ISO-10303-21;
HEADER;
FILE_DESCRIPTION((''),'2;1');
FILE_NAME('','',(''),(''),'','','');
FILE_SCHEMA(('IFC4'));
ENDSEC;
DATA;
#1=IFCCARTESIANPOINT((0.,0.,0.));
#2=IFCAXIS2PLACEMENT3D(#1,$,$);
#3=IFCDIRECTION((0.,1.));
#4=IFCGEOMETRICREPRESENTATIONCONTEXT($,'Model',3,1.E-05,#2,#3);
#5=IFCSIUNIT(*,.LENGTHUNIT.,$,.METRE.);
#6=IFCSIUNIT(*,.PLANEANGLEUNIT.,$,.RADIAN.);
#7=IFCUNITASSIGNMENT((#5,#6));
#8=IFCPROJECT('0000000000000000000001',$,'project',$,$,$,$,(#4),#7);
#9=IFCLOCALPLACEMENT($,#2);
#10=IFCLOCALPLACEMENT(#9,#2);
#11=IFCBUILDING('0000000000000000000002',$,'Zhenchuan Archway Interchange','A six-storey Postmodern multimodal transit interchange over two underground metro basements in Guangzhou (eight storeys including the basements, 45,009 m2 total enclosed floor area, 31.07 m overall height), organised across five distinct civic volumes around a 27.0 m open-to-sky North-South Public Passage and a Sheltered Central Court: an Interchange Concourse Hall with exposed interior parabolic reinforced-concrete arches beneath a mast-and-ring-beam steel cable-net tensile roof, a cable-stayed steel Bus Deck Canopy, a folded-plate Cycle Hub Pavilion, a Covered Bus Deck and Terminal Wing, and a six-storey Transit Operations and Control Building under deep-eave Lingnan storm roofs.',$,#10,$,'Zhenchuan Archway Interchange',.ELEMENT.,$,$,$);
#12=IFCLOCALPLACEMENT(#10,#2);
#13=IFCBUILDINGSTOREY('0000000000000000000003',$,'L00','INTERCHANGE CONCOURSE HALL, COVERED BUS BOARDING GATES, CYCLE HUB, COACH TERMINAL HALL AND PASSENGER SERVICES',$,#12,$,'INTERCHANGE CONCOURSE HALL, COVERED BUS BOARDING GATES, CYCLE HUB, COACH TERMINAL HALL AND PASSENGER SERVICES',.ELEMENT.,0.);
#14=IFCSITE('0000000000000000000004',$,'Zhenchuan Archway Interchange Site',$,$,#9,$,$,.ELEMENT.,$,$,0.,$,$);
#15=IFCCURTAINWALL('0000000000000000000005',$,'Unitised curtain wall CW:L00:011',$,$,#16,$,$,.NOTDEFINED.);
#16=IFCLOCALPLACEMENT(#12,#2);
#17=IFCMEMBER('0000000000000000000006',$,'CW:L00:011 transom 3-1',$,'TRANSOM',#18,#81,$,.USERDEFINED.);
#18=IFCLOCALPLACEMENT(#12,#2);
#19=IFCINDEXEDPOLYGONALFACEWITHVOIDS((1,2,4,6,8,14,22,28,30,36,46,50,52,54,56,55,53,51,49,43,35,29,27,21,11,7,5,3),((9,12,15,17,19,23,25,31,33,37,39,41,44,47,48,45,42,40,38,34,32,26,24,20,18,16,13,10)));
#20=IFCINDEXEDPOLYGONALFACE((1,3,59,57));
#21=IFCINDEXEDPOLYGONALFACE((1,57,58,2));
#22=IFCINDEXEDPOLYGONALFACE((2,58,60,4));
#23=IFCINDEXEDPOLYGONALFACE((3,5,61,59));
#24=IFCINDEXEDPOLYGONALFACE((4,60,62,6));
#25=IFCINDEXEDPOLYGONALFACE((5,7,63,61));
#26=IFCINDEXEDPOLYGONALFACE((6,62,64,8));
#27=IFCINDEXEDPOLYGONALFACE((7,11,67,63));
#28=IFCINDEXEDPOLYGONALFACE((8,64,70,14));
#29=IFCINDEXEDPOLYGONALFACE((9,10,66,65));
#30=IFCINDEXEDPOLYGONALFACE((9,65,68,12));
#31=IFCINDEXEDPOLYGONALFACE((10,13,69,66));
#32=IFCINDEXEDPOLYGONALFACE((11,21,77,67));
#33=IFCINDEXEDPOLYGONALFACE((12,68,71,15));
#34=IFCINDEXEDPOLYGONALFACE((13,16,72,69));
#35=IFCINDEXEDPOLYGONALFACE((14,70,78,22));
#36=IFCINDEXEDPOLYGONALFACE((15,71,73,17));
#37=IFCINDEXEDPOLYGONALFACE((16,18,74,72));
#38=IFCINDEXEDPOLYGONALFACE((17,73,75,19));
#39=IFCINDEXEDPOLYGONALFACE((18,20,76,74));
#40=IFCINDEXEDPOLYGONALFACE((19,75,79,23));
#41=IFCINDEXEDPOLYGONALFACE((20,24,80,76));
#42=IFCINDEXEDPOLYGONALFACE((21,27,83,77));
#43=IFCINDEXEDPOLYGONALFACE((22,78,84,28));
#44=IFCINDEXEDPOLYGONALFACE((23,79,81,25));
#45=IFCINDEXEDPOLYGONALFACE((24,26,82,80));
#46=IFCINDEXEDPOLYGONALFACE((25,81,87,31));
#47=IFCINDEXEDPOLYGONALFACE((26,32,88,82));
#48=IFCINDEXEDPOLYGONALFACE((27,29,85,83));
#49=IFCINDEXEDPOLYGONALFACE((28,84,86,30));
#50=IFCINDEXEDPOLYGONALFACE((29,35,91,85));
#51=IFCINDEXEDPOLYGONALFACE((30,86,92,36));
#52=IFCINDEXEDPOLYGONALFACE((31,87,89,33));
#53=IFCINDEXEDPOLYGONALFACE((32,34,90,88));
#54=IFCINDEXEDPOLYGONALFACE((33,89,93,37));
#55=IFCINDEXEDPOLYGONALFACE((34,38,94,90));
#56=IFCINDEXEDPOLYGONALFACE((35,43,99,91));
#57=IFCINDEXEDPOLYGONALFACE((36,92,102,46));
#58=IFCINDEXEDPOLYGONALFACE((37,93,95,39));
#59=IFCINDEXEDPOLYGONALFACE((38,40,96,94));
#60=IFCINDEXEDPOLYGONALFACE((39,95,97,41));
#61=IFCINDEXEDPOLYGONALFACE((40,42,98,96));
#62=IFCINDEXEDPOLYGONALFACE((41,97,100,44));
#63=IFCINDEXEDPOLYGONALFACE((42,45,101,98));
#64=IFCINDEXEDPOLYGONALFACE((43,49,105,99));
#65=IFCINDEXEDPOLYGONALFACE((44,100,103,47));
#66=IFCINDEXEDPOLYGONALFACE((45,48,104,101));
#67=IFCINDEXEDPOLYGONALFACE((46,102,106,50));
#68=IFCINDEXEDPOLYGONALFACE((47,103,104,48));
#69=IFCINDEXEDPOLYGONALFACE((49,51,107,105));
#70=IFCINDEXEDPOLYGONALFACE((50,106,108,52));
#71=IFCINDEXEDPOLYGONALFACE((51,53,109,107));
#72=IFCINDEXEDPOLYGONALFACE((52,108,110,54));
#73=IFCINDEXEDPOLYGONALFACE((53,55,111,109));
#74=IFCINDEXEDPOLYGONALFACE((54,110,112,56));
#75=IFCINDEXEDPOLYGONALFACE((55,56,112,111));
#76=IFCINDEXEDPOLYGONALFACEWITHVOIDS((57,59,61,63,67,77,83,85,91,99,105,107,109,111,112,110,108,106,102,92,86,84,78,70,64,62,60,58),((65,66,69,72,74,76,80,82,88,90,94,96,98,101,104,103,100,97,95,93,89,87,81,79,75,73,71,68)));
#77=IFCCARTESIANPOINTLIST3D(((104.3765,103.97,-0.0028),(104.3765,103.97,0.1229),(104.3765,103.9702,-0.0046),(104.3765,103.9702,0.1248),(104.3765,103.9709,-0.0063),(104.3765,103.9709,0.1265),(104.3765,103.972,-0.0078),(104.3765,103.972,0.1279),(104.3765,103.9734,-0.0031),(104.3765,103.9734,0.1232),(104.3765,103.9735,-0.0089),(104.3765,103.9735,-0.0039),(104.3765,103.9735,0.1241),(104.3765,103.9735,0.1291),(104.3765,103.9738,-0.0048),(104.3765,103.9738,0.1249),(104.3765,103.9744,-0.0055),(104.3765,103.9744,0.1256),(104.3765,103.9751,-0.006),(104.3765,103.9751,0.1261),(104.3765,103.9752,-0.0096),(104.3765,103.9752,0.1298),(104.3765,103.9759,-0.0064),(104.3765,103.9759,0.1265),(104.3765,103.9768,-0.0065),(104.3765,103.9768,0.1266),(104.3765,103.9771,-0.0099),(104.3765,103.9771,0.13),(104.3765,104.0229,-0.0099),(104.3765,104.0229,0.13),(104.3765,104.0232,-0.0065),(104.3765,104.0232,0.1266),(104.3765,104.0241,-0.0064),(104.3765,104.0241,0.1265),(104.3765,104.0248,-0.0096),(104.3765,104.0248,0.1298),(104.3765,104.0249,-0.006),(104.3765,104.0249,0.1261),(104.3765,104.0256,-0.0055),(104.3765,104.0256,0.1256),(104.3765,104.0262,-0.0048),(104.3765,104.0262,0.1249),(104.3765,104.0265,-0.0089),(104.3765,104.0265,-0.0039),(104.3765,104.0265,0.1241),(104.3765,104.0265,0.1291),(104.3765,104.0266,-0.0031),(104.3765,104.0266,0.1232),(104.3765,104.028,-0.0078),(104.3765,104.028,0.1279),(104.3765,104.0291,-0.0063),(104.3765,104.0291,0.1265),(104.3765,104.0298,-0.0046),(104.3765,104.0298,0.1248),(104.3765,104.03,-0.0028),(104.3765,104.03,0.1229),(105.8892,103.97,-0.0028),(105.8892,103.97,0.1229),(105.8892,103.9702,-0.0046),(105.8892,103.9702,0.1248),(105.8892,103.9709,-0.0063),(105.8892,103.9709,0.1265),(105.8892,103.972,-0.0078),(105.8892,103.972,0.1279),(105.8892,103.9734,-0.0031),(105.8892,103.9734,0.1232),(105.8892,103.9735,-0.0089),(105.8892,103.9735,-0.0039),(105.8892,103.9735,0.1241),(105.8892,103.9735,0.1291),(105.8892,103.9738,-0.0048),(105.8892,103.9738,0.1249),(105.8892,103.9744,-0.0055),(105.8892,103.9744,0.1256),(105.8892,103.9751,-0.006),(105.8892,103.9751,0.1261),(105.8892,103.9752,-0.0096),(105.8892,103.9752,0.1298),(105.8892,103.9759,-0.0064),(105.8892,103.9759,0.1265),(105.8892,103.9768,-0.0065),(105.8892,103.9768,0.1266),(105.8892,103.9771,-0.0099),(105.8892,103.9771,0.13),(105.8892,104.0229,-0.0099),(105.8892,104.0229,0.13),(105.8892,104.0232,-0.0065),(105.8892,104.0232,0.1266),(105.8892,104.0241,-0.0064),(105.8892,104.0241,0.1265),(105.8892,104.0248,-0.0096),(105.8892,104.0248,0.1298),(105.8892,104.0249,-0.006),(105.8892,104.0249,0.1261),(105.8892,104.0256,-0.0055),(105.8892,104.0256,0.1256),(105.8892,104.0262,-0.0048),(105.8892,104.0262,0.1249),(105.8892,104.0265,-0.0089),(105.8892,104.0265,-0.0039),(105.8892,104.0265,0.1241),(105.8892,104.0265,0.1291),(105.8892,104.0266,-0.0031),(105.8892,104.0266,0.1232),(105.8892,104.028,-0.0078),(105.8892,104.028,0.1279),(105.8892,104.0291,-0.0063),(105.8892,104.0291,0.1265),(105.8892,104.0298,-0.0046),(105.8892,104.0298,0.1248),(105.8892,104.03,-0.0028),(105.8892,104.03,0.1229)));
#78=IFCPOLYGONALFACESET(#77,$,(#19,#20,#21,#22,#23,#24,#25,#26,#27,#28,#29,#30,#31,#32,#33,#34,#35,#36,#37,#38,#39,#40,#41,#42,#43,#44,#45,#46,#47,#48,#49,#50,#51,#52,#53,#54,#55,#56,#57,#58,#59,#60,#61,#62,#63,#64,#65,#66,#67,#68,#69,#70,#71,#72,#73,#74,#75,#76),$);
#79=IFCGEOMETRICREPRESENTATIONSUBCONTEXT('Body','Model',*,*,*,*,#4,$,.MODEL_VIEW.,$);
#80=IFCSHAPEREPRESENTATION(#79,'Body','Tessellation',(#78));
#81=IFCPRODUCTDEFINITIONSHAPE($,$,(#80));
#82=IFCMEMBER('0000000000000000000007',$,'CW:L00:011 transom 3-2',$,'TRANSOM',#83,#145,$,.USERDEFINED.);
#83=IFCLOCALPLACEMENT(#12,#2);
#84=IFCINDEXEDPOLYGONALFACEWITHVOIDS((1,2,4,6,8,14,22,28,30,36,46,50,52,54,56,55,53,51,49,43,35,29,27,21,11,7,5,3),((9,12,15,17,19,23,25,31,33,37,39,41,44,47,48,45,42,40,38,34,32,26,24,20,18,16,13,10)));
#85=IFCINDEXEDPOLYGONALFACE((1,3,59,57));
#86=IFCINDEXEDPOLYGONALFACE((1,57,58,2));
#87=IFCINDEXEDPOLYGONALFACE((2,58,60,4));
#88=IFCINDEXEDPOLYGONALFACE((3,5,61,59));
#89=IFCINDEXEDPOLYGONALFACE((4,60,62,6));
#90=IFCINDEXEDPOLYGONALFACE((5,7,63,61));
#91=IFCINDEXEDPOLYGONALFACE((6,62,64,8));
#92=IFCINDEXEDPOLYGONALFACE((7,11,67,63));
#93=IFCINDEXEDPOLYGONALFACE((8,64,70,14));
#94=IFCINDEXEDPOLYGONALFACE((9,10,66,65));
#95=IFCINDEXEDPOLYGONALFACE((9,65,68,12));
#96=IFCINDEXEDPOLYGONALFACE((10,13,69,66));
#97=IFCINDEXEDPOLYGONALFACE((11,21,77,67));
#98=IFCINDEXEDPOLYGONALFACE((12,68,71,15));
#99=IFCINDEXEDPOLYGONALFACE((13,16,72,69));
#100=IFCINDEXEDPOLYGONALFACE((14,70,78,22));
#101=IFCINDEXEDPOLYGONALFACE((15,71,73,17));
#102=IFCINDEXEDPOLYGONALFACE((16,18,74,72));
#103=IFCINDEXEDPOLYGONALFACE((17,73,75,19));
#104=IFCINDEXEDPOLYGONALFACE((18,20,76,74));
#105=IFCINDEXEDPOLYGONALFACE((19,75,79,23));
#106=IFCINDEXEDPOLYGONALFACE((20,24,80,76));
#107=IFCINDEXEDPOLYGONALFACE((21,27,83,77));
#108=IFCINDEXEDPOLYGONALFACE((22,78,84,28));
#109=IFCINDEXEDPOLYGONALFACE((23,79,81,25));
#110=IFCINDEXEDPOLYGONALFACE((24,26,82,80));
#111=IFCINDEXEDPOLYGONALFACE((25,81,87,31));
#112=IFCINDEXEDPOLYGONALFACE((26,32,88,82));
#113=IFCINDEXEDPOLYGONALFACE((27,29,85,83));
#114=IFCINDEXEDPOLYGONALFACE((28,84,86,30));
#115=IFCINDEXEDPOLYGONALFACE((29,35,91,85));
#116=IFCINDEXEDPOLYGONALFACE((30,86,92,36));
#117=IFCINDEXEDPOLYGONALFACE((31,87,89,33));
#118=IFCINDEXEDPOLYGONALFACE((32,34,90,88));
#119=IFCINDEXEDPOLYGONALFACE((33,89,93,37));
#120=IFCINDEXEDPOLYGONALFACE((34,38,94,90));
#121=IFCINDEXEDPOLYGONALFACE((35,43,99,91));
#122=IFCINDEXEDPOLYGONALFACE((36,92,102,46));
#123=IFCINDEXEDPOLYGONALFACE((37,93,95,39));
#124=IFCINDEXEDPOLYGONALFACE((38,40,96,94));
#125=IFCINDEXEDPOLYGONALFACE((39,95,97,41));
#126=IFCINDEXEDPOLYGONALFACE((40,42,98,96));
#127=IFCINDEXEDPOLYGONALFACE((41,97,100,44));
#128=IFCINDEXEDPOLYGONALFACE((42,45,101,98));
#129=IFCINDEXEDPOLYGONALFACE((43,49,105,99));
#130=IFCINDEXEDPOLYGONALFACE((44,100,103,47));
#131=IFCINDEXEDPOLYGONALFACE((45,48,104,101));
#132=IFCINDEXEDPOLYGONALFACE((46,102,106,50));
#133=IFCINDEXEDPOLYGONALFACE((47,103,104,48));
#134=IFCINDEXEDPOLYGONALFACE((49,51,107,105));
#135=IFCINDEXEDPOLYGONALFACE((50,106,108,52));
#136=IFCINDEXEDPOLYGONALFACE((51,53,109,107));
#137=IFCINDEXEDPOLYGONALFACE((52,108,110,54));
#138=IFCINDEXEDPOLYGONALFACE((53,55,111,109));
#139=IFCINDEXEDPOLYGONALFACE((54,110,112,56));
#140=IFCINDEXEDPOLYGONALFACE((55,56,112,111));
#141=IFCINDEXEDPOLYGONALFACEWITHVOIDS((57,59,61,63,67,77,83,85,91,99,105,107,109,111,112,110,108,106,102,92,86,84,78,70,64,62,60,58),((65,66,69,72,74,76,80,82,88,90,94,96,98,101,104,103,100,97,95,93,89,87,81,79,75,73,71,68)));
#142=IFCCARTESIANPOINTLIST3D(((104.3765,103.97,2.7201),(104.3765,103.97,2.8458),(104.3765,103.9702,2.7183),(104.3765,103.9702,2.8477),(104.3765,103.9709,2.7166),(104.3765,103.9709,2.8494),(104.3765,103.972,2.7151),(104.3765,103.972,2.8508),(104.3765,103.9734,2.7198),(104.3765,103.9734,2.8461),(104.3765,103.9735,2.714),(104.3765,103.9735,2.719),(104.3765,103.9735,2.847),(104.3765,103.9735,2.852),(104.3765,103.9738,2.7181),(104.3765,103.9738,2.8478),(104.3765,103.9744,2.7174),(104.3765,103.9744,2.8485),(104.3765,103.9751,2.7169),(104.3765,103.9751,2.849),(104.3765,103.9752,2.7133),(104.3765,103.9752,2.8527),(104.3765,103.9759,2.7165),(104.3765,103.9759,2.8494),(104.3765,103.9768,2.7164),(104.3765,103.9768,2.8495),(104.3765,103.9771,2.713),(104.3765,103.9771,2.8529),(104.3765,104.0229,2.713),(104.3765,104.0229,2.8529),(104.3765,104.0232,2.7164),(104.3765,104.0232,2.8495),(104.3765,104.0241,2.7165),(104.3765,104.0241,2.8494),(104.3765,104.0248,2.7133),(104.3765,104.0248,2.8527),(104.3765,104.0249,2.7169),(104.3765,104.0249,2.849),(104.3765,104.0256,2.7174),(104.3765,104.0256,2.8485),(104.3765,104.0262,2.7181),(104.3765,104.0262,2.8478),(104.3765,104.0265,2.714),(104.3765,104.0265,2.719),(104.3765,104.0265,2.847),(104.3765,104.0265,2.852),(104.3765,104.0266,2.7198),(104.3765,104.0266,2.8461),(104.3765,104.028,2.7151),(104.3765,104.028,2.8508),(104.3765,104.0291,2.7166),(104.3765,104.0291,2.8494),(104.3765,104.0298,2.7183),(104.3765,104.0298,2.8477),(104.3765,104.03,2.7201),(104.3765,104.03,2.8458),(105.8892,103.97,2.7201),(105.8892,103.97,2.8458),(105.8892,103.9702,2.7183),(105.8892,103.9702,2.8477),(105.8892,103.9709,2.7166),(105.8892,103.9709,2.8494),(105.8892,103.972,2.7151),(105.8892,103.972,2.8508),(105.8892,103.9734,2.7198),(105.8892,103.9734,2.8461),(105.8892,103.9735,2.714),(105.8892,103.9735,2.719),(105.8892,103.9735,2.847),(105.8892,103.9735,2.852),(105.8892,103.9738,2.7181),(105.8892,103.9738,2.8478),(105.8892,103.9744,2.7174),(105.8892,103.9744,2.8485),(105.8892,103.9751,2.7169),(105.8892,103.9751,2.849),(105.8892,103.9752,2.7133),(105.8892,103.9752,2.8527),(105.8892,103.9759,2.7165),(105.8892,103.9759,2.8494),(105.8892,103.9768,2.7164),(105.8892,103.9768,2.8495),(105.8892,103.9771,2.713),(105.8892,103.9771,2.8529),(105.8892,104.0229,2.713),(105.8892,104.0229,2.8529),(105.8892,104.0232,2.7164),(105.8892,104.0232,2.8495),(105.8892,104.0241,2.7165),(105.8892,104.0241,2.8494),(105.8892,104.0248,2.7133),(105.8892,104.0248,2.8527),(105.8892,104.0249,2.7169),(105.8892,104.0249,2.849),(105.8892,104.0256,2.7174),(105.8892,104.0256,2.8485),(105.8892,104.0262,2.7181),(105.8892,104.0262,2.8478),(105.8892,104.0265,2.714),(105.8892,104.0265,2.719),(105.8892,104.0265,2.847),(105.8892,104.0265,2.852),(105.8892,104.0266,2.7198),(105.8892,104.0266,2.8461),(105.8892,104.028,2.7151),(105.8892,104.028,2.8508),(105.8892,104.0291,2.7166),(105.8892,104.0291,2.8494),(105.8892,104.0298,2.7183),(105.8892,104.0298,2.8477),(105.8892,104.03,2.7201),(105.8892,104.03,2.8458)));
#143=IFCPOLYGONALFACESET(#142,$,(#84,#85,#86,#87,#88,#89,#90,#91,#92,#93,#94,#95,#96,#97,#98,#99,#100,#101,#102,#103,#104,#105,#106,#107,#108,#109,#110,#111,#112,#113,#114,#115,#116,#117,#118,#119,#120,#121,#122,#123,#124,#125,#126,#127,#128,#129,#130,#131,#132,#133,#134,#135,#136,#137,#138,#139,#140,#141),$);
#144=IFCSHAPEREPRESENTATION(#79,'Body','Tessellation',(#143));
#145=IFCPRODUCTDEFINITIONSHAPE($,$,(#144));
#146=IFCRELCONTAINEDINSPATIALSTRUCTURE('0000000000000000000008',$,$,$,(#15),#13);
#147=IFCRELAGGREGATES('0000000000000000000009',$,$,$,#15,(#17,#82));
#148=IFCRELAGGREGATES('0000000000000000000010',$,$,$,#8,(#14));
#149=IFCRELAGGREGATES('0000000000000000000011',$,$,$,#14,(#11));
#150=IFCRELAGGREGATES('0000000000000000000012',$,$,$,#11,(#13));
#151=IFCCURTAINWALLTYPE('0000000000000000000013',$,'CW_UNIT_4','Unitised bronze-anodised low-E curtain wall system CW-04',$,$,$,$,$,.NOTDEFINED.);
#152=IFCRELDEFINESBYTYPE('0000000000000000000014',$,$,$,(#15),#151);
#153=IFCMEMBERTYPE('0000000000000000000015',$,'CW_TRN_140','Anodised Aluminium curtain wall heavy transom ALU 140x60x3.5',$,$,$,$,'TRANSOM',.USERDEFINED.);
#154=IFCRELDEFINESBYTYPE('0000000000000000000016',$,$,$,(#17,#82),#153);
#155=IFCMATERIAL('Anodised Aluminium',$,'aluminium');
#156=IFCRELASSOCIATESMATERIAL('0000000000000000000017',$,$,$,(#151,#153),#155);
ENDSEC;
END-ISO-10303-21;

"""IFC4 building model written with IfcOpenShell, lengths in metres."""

from ifc_helpers import new_model, si_unit, direction, frame, origin, origin_2d, place, context, subcontext, project, spatial, hollow_rectangle, extrude, material, material_profile, profile_set, type_object, element, aggregate, save


model = new_model("IFC4")

# Units and contexts
model_context = context("Model", 3, precision=1e-05, world=origin(), true_north=direction((0.0, 1.0)))
body_context = subcontext(model_context, "Body", "Model", "MODEL_VIEW")
ifc_project = project(units=[si_unit("LENGTHUNIT", "METRE"), si_unit("PLANEANGLEUNIT", "RADIAN")], contexts=[model_context])

# Site, building, storey
site_placement = place(None, origin())
site = spatial("IfcSite", under=ifc_project, at=site_placement, Name="Zhenchuan Archway Interchange Site", CompositionType="ELEMENT", RefElevation=0.0)
building_placement = place(site_placement, origin())
building = spatial("IfcBuilding", under=site, at=building_placement, Name="Zhenchuan Archway Interchange", Description="A six-storey Postmodern multimodal transit interchange over two underground metro basements in Guangzhou (eight storeys including the basements, 45,009 m2 total enclosed floor area, 31.07 m overall height), organised across five distinct civic volumes around a 27.0 m open-to-sky North-South Public Passage and a Sheltered Central Court: an Interchange Concourse Hall with exposed interior parabolic reinforced-concrete arches beneath a mast-and-ring-beam steel cable-net tensile roof, a cable-stayed steel Bus Deck Canopy, a folded-plate Cycle Hub Pavilion, a Covered Bus Deck and Terminal Wing, and a six-storey Transit Operations and Control Building under deep-eave Lingnan storm roofs.", LongName="Zhenchuan Archway Interchange", CompositionType="ELEMENT")
storey_placement = place(building_placement, origin())
storey = spatial("IfcBuildingStorey", under=building, at=storey_placement, Name="L00", Description="INTERCHANGE CONCOURSE HALL, COVERED BUS BOARDING GATES, CYCLE HUB, COACH TERMINAL HALL AND PASSENGER SERVICES", LongName="INTERCHANGE CONCOURSE HALL, COVERED BUS BOARDING GATES, CYCLE HUB, COACH TERMINAL HALL AND PASSENGER SERVICES", CompositionType="ELEMENT", Elevation=0.0)

# Curtain wall, members
ifc_material_1 = material(Name="Anodised Aluminium", Category="aluminium")
curtain_wall_type = type_object("IfcCurtainWallType", Name="CW_UNIT_4", Description="Unitised bronze-anodised low-E curtain wall system CW-04", PredefinedType="NOTDEFINED", material=ifc_material_1)
curtain_wall_placement = place(storey_placement, origin())
curtain_wall = element("IfcCurtainWall", 1, at=curtain_wall_placement, inside=storey, type_object=curtain_wall_type, Name="Unitised curtain wall CW:L00:011", PredefinedType="NOTDEFINED")
ifc_material_profile_1 = material_profile(ifc_material_1, hollow_rectangle(XDim=0.0601, YDim=0.1399, WallThickness=0.0034, InnerFilletRadius=0.0034, OuterFilletRadius=0.0071, at=origin_2d()), Name="ALU 140x60x3.5")
ifc_profile_set_1 = profile_set([ifc_material_profile_1], Name="Anodised Aluminium")
member_type_1 = type_object("IfcMemberType", Name="CW_TRN_140", Description="Anodised Aluminium curtain wall heavy transom ALU 140x60x3.5", ElementType="TRANSOM", PredefinedType="USERDEFINED", material=ifc_profile_set_1)
member_1_placement = place(storey_placement, frame((104.3765, 104.0, 0.0601), z_axis=(1.0, 0.0, 0.0), x_axis=(0.0, 1.0, 0.0)))
member_1 = element("IfcMember", 2, at=member_1_placement, type_object=member_type_1, Name="CW:L00:011 transom 3-1", ObjectType="TRANSOM", PredefinedType="USERDEFINED", context=body_context, shape_type="SweptSolid", body=[
    extrude(hollow_rectangle(XDim=0.0601, YDim=0.1399, WallThickness=0.0034, InnerFilletRadius=0.0034, OuterFilletRadius=0.0071, at=origin_2d()), origin(), (0.0, 0.0, 1.0), 1.5127),
])
member_2_placement = place(storey_placement, frame((104.3765, 104.0, 2.783), z_axis=(1.0, 0.0, 0.0), x_axis=(0.0, 1.0, 0.0)))
member_2 = element("IfcMember", 3, at=member_2_placement, type_object=member_type_1, Name="CW:L00:011 transom 3-2", ObjectType="TRANSOM", PredefinedType="USERDEFINED", context=body_context, shape_type="SweptSolid", body=[
    extrude(hollow_rectangle(XDim=0.0601, YDim=0.1399, WallThickness=0.0034, InnerFilletRadius=0.0034, OuterFilletRadius=0.0071, at=origin_2d()), origin(), (0.0, 0.0, 1.0), 1.5127),
])

aggregate(curtain_wall, [member_1, member_2])

save(model, "model.ifc")
